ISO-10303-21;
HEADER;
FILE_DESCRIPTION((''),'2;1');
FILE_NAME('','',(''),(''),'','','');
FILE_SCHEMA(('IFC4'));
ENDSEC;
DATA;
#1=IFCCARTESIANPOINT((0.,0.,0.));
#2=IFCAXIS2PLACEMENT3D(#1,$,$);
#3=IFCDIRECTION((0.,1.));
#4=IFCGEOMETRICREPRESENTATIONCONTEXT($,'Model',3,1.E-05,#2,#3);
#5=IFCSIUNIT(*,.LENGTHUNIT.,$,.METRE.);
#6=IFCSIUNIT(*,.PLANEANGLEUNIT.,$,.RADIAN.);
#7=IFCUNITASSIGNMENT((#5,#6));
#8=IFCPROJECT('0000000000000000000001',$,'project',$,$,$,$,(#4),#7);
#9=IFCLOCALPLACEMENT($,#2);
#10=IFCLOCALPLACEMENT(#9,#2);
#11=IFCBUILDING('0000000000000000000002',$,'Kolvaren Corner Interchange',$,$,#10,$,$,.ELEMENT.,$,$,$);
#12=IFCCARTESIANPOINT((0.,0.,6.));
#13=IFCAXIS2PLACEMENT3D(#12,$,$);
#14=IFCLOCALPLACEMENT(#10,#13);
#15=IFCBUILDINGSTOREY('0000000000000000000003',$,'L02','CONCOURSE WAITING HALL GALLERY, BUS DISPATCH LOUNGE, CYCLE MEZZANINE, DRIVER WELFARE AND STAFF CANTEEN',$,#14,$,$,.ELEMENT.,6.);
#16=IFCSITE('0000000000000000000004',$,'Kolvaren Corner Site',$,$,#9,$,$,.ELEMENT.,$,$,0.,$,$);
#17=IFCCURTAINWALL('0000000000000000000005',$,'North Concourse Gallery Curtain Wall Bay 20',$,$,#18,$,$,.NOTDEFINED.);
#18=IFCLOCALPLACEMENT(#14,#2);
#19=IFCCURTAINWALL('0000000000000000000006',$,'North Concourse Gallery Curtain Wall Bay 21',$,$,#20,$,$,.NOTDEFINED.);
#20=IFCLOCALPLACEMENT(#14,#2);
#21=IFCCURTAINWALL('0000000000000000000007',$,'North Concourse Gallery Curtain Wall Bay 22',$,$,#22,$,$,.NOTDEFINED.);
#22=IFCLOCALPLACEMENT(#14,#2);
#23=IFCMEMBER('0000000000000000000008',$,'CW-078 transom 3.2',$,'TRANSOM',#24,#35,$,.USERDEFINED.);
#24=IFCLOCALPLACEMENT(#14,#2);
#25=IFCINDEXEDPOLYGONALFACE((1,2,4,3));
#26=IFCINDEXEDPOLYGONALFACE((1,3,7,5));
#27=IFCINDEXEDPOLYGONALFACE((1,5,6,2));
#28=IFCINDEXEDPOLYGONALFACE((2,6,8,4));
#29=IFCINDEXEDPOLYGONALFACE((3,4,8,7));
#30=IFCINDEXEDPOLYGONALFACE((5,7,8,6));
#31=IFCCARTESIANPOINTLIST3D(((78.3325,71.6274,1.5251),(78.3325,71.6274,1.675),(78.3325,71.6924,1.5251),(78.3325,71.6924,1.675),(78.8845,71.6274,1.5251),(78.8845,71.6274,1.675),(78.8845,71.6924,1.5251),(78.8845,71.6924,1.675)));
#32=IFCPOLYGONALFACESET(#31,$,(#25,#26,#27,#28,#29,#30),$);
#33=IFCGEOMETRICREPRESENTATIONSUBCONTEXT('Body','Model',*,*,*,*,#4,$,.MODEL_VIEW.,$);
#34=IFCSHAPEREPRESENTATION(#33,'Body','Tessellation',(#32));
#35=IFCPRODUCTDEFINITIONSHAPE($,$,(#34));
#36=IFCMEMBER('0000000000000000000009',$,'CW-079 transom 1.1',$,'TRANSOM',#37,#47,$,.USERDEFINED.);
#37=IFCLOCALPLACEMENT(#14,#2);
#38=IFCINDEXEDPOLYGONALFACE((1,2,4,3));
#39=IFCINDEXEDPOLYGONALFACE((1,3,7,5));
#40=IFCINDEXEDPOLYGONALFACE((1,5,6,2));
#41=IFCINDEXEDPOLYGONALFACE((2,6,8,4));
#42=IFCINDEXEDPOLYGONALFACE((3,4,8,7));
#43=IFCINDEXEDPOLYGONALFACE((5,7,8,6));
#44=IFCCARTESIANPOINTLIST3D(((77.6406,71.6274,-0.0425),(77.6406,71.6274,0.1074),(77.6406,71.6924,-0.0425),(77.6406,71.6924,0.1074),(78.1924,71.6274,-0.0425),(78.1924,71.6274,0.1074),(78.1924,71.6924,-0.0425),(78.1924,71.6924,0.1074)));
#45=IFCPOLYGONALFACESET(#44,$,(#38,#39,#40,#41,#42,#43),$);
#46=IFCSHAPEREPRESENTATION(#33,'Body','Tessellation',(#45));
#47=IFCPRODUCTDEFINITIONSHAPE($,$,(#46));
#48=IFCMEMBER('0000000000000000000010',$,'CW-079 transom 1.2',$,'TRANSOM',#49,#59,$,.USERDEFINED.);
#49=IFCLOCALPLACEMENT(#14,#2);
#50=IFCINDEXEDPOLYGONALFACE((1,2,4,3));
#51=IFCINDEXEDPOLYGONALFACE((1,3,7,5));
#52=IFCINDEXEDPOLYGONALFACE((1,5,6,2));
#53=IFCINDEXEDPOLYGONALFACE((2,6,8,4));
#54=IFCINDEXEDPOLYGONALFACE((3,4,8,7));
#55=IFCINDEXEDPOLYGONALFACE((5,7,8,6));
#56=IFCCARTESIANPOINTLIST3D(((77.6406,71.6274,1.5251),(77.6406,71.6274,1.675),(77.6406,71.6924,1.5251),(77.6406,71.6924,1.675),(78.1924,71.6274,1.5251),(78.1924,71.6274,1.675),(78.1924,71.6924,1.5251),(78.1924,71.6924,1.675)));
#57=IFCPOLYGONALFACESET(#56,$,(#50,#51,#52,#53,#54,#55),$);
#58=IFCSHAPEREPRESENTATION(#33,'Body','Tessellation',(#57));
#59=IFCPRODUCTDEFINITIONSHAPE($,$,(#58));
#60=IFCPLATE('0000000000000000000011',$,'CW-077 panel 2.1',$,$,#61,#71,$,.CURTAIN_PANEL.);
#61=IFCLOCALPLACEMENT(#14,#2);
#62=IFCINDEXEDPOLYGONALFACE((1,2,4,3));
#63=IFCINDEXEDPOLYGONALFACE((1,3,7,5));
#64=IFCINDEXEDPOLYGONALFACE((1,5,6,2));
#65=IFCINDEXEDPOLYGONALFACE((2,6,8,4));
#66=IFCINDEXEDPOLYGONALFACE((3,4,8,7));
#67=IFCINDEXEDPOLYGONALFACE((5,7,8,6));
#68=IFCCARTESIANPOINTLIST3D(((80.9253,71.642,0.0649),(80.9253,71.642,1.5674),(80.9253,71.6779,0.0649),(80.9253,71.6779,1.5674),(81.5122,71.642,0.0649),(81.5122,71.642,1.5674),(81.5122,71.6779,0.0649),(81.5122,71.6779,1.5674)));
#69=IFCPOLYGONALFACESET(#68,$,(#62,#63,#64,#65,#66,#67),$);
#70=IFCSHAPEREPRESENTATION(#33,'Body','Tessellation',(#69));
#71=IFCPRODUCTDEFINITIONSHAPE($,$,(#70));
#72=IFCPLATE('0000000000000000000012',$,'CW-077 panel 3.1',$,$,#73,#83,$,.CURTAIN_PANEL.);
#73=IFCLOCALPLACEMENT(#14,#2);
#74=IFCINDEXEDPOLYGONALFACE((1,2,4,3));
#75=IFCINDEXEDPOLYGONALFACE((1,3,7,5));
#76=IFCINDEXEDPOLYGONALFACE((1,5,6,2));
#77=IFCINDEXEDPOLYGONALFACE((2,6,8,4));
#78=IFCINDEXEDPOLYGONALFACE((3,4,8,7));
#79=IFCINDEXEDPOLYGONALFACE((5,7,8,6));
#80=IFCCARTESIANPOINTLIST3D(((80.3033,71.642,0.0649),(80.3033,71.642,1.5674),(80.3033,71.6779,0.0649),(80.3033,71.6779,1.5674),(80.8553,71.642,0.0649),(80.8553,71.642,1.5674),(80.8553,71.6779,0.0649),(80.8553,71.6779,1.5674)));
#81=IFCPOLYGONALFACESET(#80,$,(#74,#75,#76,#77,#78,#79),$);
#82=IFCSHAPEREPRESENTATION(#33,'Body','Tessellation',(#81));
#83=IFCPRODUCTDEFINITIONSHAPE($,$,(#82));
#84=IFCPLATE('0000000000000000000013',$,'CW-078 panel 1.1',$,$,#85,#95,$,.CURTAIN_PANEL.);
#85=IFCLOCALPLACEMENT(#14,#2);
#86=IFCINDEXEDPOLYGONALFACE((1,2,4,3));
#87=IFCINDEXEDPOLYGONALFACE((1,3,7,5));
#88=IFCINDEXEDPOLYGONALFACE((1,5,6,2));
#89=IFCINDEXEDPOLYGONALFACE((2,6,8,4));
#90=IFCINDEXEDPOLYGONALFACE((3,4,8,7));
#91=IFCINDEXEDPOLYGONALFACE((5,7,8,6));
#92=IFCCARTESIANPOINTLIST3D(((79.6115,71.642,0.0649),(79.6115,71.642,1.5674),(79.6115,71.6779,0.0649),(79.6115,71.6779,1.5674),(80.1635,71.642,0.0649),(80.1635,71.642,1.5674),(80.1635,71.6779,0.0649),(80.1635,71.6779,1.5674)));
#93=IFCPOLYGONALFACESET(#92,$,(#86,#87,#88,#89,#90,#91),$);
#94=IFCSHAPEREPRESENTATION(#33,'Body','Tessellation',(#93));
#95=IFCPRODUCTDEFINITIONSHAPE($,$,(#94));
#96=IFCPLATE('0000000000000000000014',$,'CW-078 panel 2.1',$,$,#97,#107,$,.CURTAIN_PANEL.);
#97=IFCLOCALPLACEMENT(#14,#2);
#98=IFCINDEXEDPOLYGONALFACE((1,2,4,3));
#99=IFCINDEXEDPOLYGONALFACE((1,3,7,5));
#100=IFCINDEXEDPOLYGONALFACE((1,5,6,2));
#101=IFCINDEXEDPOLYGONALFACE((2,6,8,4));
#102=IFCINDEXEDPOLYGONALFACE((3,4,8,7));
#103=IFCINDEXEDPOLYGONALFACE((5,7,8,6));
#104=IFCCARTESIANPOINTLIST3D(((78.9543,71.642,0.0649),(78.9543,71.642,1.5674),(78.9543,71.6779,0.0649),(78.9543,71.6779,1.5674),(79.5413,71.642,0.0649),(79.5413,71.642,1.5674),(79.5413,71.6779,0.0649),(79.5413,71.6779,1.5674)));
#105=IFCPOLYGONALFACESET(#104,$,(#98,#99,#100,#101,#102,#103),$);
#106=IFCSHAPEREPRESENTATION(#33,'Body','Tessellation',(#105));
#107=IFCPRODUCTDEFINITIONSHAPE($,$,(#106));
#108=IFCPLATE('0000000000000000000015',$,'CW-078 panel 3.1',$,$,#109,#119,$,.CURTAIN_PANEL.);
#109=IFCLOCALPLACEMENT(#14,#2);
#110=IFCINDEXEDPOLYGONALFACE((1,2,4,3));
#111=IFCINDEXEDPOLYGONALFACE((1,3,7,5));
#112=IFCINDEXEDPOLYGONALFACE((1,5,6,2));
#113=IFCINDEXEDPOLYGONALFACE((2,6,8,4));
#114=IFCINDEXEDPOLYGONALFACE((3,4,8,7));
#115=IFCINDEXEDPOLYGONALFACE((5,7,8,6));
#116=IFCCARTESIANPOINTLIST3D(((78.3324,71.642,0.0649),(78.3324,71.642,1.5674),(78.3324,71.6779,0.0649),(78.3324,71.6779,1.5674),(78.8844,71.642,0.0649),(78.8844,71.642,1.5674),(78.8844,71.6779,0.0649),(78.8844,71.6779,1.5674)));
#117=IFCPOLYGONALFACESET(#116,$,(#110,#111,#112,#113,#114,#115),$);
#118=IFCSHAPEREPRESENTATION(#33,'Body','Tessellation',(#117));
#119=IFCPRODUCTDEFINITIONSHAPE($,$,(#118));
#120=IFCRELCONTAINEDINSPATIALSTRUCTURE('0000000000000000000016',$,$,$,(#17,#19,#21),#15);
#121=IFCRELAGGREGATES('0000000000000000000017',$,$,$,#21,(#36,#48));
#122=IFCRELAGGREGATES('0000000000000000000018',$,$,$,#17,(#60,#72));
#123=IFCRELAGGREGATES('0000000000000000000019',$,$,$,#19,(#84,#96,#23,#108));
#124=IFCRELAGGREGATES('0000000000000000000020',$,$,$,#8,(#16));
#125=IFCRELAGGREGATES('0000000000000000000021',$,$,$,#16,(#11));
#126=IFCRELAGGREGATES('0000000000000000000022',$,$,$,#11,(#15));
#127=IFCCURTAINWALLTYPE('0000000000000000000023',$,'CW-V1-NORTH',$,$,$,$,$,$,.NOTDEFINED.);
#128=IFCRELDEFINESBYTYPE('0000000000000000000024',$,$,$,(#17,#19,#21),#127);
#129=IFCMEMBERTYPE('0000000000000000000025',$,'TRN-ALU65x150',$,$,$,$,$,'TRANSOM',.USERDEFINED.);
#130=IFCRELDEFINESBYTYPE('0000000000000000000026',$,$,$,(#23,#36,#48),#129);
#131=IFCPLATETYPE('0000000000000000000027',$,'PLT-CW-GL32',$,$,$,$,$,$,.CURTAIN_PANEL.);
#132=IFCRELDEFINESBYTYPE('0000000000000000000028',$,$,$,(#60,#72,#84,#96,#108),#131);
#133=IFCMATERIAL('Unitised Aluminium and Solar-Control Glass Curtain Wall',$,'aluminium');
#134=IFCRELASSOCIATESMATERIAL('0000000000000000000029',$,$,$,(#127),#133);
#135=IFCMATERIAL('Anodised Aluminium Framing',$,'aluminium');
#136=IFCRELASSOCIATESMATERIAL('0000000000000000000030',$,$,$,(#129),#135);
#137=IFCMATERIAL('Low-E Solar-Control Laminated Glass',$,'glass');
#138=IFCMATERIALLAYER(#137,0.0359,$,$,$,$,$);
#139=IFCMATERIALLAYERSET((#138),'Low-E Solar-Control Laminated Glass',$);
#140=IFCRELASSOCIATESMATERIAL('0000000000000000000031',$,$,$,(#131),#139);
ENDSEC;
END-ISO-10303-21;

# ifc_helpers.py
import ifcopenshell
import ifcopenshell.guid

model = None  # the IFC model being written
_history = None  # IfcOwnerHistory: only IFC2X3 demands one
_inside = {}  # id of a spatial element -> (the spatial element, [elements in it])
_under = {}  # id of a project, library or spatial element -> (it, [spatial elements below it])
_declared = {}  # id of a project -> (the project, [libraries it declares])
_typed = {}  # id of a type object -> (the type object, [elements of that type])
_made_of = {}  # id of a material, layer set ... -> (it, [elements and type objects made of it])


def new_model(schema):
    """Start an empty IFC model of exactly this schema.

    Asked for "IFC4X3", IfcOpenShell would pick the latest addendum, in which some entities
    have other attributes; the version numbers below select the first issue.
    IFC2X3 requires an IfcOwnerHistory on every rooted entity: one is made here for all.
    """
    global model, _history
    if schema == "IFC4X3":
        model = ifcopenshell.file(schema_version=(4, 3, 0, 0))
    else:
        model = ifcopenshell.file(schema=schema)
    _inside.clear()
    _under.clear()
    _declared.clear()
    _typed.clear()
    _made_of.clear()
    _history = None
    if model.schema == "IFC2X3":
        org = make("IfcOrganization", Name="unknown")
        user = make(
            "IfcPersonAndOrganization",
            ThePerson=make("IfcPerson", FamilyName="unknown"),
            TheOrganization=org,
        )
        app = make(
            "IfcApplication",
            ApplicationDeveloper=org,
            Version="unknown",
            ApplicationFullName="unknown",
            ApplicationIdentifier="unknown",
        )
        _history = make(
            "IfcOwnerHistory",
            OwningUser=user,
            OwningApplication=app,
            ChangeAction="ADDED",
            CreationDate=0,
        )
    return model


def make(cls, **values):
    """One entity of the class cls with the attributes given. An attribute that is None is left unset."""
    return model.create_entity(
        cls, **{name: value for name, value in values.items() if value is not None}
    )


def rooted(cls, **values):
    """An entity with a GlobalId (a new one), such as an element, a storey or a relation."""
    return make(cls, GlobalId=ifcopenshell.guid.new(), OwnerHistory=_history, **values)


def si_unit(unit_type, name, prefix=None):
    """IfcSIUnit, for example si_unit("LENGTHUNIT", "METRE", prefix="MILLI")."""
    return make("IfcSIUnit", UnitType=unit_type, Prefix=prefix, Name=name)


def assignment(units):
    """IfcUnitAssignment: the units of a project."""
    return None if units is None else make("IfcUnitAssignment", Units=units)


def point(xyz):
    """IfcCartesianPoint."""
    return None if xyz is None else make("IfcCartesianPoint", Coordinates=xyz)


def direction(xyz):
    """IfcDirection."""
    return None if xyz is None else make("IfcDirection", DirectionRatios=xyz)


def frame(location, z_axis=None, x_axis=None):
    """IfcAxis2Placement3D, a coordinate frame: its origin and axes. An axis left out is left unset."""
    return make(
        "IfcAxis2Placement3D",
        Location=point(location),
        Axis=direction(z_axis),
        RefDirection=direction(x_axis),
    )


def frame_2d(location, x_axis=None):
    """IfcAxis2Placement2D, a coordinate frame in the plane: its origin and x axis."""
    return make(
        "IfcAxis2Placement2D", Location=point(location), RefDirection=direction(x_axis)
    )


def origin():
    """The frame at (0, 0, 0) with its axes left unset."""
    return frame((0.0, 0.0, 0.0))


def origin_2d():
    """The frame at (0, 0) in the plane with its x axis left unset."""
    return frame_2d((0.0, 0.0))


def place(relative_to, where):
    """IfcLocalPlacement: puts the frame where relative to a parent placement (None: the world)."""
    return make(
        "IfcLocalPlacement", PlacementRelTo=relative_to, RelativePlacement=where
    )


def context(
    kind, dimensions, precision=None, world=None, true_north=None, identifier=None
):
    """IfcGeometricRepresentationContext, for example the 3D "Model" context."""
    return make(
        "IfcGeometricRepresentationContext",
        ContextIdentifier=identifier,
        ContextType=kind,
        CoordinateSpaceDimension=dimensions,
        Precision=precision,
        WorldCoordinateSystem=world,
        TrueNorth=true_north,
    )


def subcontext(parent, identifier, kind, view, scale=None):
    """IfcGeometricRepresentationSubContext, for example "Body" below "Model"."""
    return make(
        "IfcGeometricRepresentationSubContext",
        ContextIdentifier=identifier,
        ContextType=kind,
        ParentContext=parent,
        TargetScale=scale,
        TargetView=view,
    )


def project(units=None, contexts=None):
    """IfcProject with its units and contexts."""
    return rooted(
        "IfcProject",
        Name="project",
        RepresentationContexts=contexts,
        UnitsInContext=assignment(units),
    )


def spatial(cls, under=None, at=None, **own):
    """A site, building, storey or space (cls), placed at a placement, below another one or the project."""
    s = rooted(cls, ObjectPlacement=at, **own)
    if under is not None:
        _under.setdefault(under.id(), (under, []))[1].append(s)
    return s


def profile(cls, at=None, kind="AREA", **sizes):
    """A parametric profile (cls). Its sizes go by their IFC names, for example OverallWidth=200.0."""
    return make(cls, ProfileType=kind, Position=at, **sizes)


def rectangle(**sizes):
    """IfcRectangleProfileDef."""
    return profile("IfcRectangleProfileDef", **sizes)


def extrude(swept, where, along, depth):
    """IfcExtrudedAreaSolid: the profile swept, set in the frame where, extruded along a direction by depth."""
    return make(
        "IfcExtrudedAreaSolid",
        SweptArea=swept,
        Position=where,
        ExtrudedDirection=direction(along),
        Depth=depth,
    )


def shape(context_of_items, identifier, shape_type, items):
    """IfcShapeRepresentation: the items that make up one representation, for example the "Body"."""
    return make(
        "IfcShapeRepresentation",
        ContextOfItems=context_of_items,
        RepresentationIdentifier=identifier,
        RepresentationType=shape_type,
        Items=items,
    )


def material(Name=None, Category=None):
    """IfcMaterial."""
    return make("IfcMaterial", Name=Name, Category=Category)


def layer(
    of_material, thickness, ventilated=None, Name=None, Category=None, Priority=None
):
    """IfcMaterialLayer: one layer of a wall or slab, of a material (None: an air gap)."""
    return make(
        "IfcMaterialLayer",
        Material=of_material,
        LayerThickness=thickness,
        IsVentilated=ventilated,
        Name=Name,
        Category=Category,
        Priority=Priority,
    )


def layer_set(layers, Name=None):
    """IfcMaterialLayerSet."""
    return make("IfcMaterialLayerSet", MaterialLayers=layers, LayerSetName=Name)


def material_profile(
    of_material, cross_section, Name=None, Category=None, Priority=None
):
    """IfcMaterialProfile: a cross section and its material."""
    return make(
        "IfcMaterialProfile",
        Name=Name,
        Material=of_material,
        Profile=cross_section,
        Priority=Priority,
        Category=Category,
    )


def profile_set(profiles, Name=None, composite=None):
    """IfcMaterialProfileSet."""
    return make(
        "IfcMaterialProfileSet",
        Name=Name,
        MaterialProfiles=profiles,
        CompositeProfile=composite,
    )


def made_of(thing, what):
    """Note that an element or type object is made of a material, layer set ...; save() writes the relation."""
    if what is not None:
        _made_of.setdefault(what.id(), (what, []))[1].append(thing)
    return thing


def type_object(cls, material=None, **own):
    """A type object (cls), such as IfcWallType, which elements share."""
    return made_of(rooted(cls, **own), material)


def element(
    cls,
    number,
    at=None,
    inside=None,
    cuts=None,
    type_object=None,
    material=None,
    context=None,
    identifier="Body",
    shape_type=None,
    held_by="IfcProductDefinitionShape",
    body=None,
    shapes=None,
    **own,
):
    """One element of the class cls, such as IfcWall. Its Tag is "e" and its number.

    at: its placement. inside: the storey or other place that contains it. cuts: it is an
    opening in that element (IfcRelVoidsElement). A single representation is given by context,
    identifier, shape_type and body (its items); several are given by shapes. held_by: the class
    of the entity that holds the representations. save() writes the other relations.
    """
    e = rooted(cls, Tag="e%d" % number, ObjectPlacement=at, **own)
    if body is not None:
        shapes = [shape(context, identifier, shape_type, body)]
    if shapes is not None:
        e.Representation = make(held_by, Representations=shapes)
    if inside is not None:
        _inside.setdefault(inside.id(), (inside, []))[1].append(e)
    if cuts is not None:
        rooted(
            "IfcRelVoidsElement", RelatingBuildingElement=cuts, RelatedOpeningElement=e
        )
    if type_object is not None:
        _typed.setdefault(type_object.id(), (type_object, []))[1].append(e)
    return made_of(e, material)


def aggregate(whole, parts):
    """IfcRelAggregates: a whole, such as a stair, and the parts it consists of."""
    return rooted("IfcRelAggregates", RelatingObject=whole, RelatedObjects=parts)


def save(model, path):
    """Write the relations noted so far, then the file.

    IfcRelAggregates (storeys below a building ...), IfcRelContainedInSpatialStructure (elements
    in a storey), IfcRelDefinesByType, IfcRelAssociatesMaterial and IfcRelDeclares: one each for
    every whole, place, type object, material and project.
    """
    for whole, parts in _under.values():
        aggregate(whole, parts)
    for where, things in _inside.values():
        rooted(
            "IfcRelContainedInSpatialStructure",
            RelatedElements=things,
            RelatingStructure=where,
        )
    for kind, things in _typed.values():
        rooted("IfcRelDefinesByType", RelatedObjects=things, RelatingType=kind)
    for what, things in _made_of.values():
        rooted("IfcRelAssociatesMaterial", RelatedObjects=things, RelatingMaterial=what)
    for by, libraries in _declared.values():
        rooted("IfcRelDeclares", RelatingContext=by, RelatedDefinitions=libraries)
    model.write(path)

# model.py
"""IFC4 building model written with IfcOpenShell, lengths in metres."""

from ifc_helpers import new_model, si_unit, direction, frame, origin, origin_2d, place, context, subcontext, project, spatial, rectangle, extrude, material, layer, layer_set, material_profile, profile_set, type_object, element, aggregate, save


model = new_model("IFC4")

# Units and contexts
model_context = context("Model", 3, precision=1e-05, world=origin(), true_north=direction((0.0, 1.0)))
body_context = subcontext(model_context, "Body", "Model", "MODEL_VIEW")
ifc_project = project(units=[si_unit("LENGTHUNIT", "METRE"), si_unit("PLANEANGLEUNIT", "RADIAN")], contexts=[model_context])

# Site, building, storey
site_placement = place(None, origin())
site = spatial("IfcSite", under=ifc_project, at=site_placement, Name="Kolvaren Corner Site", CompositionType="ELEMENT", RefElevation=0.0)
building_placement = place(site_placement, origin())
building = spatial("IfcBuilding", under=site, at=building_placement, Name="Kolvaren Corner Interchange", CompositionType="ELEMENT")
storey_placement = place(building_placement, frame((0.0, 0.0, 6.0)))
storey = spatial("IfcBuildingStorey", under=building, at=storey_placement, Name="L02", Description="CONCOURSE WAITING HALL GALLERY, BUS DISPATCH LOUNGE, CYCLE MEZZANINE, DRIVER WELFARE AND STAFF CANTEEN", CompositionType="ELEMENT", Elevation=6.0)

# Curtain walls
ifc_material_1 = material(Name="Unitised Aluminium and Solar-Control Glass Curtain Wall", Category="aluminium")
curtain_wall_type = type_object("IfcCurtainWallType", Name="CW-V1-NORTH", PredefinedType="NOTDEFINED", material=ifc_material_1)
curtain_wall_1_placement = place(storey_placement, origin())
curtain_wall_1 = element("IfcCurtainWall", 1, at=curtain_wall_1_placement, inside=storey, type_object=curtain_wall_type, Name="North Concourse Gallery Curtain Wall Bay 20", PredefinedType="NOTDEFINED")
curtain_wall_2_placement = place(storey_placement, origin())
curtain_wall_2 = element("IfcCurtainWall", 2, at=curtain_wall_2_placement, inside=storey, type_object=curtain_wall_type, Name="North Concourse Gallery Curtain Wall Bay 21", PredefinedType="NOTDEFINED")

# Curtain wall
curtain_wall_3_placement = place(storey_placement, origin())
curtain_wall_3 = element("IfcCurtainWall", 3, at=curtain_wall_3_placement, inside=storey, type_object=curtain_wall_type, Name="North Concourse Gallery Curtain Wall Bay 22", PredefinedType="NOTDEFINED")

# Members
ifc_material_2 = material(Name="Anodised Aluminium Framing", Category="aluminium")
ifc_material_profile_1 = material_profile(ifc_material_2, rectangle(XDim=0.0649, YDim=0.1499, at=origin_2d()), Name="ALU 65x150")
ifc_profile_set_1 = profile_set([ifc_material_profile_1], Name="Anodised Aluminium Framing")
member_type_1 = type_object("IfcMemberType", Name="TRN-ALU65x150", ElementType="TRANSOM", PredefinedType="USERDEFINED", material=ifc_profile_set_1)
member_1_placement = place(storey_placement, frame((78.8845, 71.6599, 1.6001), z_axis=(-1.0, 0.0, 0.0), x_axis=(0.0, -1.0, 0.0)))
member_1 = element("IfcMember", 4, at=member_1_placement, type_object=member_type_1, Name="CW-078 transom 3.2", ObjectType="TRANSOM", PredefinedType="USERDEFINED", context=body_context, shape_type="SweptSolid", body=[
    extrude(rectangle(XDim=0.0649, YDim=0.1499, at=origin_2d()), origin(), (0.0, 0.0, 1.0), 0.552),
])
member_2_placement = place(storey_placement, frame((78.1924, 71.6599, 0.0325), z_axis=(-1.0, 0.0, 0.0), x_axis=(0.0, -1.0, 0.0)))
member_2 = element("IfcMember", 5, at=member_2_placement, type_object=member_type_1, Name="CW-079 transom 1.1", ObjectType="TRANSOM", PredefinedType="USERDEFINED", context=body_context, shape_type="SweptSolid", body=[
    extrude(rectangle(XDim=0.0649, YDim=0.1499, at=origin_2d()), origin(), (0.0, 0.0, 1.0), 0.5518),
])
member_3_placement = place(storey_placement, frame((78.1924, 71.6599, 1.6001), z_axis=(-1.0, 0.0, 0.0), x_axis=(0.0, -1.0, 0.0)))
member_3 = element("IfcMember", 6, at=member_3_placement, type_object=member_type_1, Name="CW-079 transom 1.2", ObjectType="TRANSOM", PredefinedType="USERDEFINED", context=body_context, shape_type="SweptSolid", body=[
    extrude(rectangle(XDim=0.0649, YDim=0.1499, at=origin_2d()), origin(), (0.0, 0.0, 1.0), 0.5518),
])
aggregate(curtain_wall_3, [member_2, member_3])

# Plates
ifc_material_3 = material(Name="Low-E Solar-Control Laminated Glass", Category="glass")
ifc_layer = layer(ifc_material_3, 0.0359)
ifc_layer_set = layer_set([ifc_layer], Name="Low-E Solar-Control Laminated Glass")
plate_type = type_object("IfcPlateType", Name="PLT-CW-GL32", PredefinedType="CURTAIN_PANEL", material=ifc_layer_set)
plate_1_placement = place(storey_placement, frame((81.2188, 71.6599, 0.0649), z_axis=(0.0, 0.0, 1.0), x_axis=(-1.0, 0.0, 0.0)))
plate_1 = element("IfcPlate", 7, at=plate_1_placement, type_object=plate_type, Name="CW-077 panel 2.1", PredefinedType="CURTAIN_PANEL", context=body_context, shape_type="SweptSolid", body=[
    extrude(rectangle(XDim=0.5869, YDim=0.0359, at=origin_2d()), origin(), (0.0, 0.0, 1.0), 1.5024),
])
plate_2_placement = place(storey_placement, frame((80.5793, 71.6599, 0.0649), z_axis=(0.0, 0.0, 1.0), x_axis=(-1.0, 0.0, 0.0)))
plate_2 = element("IfcPlate", 8, at=plate_2_placement, type_object=plate_type, Name="CW-077 panel 3.1", PredefinedType="CURTAIN_PANEL", context=body_context, shape_type="SweptSolid", body=[
    extrude(rectangle(XDim=0.552, YDim=0.0359, at=origin_2d()), origin(), (0.0, 0.0, 1.0), 1.5024),
])
aggregate(curtain_wall_1, [plate_1, plate_2])
plate_3_placement = place(storey_placement, frame((79.8875, 71.6599, 0.0649), z_axis=(0.0, 0.0, 1.0), x_axis=(-1.0, 0.0, 0.0)))
plate_3 = element("IfcPlate", 9, at=plate_3_placement, type_object=plate_type, Name="CW-078 panel 1.1", PredefinedType="CURTAIN_PANEL", context=body_context, shape_type="SweptSolid", body=[
    extrude(rectangle(XDim=0.552, YDim=0.0359, at=origin_2d()), origin(), (0.0, 0.0, 1.0), 1.5024),
])
plate_4_placement = place(storey_placement, frame((79.2478, 71.6599, 0.0649), z_axis=(0.0, 0.0, 1.0), x_axis=(-1.0, 0.0, 0.0)))
plate_4 = element("IfcPlate", 10, at=plate_4_placement, type_object=plate_type, Name="CW-078 panel 2.1", PredefinedType="CURTAIN_PANEL", context=body_context, shape_type="SweptSolid", body=[
    extrude(rectangle(XDim=0.5869, YDim=0.0359, at=origin_2d()), origin(), (0.0, 0.0, 1.0), 1.5024),
])
plate_5_placement = place(storey_placement, frame((78.6084, 71.6599, 0.0649), z_axis=(0.0, 0.0, 1.0), x_axis=(-1.0, 0.0, 0.0)))
plate_5 = element("IfcPlate", 11, at=plate_5_placement, type_object=plate_type, Name="CW-078 panel 3.1", PredefinedType="CURTAIN_PANEL", context=body_context, shape_type="SweptSolid", body=[
    extrude(rectangle(XDim=0.552, YDim=0.0359, at=origin_2d()), origin(), (0.0, 0.0, 1.0), 1.5024),
])
aggregate(curtain_wall_2, [plate_3, plate_4, member_1, plate_5])

save(model, "model.ifc")
